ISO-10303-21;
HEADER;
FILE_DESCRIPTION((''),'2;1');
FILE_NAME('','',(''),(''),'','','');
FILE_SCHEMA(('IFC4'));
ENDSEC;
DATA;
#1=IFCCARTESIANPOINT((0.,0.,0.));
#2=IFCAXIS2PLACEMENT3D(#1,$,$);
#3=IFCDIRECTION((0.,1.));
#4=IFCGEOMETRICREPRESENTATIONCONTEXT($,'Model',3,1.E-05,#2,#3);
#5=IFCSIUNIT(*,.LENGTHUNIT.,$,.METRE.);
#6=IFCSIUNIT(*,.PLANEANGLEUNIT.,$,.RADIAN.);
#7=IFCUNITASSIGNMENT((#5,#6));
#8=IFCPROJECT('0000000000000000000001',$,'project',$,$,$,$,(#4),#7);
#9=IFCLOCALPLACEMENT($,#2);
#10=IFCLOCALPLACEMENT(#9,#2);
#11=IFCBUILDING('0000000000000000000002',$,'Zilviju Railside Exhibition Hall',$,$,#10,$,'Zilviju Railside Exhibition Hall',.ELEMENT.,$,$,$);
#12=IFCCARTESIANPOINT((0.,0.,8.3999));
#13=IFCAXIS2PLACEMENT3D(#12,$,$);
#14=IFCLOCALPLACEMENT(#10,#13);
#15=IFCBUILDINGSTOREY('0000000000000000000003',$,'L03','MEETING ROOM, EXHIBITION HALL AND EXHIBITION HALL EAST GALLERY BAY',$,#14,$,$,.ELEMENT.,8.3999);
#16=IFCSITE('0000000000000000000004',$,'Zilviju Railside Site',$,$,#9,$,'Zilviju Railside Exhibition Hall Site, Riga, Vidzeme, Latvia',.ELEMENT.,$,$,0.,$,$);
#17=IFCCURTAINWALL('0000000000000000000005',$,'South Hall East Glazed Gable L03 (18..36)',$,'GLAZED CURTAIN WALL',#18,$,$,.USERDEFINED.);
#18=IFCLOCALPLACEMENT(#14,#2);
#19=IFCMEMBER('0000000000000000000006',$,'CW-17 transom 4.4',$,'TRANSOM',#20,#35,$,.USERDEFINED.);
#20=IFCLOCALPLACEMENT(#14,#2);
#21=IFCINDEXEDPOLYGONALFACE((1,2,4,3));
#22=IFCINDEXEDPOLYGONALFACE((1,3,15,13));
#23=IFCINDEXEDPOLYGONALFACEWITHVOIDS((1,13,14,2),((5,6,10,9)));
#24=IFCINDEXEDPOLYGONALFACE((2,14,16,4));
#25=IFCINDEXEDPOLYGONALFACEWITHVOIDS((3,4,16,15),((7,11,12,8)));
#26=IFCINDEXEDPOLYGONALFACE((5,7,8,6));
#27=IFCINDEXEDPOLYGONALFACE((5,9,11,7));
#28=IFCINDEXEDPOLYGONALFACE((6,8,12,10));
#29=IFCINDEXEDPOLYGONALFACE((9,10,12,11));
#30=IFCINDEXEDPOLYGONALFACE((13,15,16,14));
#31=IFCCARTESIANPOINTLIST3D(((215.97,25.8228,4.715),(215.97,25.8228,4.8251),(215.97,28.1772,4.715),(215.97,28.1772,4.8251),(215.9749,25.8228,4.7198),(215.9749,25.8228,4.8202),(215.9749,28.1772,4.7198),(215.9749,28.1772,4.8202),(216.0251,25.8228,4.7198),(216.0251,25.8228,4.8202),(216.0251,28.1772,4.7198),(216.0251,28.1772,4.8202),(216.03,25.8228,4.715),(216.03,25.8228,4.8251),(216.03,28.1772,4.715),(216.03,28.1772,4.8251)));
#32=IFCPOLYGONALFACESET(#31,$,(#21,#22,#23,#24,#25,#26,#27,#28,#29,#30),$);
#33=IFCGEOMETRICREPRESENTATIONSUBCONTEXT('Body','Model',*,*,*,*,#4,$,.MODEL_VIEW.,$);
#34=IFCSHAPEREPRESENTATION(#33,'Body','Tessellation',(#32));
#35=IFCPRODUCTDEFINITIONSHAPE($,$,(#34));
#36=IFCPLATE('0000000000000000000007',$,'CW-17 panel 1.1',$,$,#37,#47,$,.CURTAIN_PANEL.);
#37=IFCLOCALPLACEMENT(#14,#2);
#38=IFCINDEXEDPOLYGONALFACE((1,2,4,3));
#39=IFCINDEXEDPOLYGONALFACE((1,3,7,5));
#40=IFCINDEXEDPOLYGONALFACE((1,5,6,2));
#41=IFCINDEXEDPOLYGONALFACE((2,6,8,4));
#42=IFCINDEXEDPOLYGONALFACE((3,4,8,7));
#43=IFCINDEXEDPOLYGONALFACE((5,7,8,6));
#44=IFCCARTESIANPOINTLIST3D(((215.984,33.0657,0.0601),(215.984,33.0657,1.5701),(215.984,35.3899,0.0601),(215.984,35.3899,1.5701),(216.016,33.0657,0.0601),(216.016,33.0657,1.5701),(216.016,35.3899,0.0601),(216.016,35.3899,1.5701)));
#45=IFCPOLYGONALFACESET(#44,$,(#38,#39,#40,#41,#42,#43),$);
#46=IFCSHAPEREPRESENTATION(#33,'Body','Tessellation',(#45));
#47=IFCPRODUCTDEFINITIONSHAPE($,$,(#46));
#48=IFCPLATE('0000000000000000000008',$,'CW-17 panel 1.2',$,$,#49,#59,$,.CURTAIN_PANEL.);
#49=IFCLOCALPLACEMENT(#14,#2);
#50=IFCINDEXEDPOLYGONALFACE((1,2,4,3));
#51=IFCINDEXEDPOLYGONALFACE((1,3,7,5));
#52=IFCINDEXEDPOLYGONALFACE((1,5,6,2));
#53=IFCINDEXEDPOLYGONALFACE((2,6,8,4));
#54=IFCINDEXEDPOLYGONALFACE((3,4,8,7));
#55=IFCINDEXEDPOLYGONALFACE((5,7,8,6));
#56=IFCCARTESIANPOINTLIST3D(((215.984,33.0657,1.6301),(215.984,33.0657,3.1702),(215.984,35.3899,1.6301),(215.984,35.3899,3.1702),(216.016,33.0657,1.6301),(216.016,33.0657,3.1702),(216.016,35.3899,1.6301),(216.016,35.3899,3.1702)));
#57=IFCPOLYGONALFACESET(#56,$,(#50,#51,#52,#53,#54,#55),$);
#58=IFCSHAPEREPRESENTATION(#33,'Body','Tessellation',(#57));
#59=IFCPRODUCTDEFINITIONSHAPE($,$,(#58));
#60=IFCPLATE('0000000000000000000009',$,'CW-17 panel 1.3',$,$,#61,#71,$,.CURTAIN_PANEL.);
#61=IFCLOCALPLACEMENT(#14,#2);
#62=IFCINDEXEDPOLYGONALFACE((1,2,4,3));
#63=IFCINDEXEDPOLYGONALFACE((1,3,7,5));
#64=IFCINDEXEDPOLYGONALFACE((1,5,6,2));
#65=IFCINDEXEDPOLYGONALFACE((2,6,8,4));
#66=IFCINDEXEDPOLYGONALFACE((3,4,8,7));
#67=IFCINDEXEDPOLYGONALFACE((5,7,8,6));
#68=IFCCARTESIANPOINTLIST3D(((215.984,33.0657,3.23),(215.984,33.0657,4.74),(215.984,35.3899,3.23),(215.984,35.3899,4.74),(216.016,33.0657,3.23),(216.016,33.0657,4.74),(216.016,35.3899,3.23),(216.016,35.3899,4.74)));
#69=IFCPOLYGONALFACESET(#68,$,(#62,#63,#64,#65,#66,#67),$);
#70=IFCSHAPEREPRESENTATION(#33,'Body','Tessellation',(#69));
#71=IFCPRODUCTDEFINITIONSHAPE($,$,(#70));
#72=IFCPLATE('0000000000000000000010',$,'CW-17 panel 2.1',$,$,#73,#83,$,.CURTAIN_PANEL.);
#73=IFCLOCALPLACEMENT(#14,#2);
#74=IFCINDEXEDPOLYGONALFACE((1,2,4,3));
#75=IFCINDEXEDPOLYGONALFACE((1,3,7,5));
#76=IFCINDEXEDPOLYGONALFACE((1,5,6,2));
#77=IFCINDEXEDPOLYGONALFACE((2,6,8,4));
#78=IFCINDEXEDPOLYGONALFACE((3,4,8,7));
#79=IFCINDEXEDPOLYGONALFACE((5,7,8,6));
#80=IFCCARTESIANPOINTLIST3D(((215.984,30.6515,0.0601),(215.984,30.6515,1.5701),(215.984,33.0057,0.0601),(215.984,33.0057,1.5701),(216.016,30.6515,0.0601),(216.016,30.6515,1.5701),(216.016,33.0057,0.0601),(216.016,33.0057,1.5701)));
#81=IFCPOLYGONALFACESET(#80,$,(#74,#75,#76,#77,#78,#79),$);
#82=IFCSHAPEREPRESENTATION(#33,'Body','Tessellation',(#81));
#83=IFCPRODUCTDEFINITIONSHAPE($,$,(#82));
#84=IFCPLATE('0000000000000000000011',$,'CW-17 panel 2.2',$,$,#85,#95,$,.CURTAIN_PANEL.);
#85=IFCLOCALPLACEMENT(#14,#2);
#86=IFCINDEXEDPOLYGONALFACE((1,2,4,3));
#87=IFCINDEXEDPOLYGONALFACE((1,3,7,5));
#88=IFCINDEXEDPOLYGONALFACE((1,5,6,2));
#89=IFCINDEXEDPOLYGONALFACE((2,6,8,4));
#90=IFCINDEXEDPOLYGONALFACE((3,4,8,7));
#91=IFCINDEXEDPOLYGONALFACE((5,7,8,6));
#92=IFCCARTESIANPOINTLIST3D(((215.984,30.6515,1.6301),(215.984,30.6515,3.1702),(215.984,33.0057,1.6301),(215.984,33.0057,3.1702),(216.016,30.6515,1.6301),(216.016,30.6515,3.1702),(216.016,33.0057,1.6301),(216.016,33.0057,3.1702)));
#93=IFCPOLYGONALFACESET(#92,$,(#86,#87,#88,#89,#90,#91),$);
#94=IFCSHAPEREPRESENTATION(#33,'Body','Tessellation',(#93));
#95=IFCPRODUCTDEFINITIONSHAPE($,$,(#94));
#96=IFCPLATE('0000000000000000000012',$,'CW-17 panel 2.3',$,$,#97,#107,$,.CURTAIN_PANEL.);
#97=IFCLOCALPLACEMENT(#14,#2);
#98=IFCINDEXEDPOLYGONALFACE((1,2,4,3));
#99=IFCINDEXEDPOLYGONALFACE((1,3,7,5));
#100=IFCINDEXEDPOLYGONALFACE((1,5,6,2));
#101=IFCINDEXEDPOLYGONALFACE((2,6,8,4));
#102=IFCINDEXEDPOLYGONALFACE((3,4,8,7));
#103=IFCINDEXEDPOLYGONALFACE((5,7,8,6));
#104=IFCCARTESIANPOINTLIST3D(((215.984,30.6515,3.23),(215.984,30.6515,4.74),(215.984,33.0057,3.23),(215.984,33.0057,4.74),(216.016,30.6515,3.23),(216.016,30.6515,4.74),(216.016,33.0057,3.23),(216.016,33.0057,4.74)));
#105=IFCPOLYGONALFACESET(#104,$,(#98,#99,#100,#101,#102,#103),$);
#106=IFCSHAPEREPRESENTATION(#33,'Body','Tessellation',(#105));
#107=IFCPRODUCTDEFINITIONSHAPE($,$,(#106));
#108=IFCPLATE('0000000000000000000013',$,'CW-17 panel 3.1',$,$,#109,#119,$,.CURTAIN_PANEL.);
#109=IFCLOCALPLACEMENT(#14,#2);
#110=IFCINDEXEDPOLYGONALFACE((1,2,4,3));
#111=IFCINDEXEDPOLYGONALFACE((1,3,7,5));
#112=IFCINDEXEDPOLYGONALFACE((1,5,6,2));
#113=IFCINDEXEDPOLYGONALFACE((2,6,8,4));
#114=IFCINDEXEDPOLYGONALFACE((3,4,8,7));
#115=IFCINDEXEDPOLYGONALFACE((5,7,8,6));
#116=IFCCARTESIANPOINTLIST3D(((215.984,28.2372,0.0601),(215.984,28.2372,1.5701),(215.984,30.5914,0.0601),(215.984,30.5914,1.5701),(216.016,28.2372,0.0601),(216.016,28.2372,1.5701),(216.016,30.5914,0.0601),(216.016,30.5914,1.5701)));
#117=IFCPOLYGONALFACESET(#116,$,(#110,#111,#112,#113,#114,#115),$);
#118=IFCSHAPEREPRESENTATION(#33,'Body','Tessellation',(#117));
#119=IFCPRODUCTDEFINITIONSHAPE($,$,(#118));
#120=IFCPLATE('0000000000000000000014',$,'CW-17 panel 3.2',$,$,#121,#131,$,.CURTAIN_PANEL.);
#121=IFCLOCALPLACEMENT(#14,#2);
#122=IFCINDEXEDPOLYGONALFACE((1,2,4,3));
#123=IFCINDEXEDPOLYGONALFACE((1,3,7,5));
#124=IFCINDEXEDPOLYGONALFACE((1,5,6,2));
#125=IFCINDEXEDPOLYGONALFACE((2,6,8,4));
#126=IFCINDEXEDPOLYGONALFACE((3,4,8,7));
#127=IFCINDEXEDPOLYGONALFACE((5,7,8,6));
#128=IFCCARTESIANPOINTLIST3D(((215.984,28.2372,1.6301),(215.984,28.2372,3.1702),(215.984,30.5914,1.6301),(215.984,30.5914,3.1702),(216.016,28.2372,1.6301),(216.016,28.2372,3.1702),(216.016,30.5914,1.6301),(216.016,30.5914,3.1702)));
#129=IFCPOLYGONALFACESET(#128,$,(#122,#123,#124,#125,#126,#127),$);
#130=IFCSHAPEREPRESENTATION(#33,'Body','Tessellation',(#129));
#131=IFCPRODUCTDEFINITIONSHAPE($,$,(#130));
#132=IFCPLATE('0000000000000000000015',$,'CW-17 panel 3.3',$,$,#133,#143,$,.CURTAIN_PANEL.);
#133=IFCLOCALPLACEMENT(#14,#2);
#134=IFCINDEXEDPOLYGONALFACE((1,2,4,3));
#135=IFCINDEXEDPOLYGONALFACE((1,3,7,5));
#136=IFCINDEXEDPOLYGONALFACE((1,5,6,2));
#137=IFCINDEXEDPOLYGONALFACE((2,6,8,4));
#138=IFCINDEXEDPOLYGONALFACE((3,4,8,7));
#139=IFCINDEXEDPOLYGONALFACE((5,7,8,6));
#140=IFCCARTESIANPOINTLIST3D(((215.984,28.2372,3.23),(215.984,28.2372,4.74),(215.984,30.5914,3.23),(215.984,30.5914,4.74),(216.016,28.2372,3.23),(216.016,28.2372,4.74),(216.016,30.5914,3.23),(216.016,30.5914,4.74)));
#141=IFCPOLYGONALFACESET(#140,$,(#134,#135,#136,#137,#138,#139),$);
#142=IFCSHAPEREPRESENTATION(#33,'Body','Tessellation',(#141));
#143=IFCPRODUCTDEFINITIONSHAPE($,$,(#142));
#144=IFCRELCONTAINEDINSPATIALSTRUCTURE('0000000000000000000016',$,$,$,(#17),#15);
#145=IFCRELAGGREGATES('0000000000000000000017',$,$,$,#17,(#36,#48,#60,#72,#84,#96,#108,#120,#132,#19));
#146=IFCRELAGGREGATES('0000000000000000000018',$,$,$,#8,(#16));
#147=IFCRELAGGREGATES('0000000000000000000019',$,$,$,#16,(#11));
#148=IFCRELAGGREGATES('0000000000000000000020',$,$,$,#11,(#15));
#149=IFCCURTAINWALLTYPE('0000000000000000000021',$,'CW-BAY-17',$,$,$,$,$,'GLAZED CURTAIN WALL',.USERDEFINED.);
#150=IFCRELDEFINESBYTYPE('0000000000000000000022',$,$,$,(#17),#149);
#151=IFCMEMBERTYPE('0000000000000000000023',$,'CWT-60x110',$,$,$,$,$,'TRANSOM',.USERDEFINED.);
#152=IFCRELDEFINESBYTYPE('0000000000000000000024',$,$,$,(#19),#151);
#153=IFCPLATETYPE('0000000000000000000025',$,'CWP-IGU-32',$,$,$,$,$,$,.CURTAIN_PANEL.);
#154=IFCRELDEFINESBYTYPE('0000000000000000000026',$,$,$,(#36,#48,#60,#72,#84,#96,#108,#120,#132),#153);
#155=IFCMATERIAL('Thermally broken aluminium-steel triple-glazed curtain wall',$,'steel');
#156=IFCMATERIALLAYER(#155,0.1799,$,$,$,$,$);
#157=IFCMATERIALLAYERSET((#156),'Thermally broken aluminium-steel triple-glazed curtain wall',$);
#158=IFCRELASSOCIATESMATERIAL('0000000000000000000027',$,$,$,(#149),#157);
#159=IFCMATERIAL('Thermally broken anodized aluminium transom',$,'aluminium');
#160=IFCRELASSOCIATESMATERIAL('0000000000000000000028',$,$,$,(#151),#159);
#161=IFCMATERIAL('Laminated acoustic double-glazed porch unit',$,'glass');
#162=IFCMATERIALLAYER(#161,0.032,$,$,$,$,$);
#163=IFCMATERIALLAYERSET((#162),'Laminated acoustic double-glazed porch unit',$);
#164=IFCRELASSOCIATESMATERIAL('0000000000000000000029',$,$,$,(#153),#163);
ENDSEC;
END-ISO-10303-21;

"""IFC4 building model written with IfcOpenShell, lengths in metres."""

from ifc_helpers import new_model, si_unit, direction, frame, origin, origin_2d, place, context, subcontext, project, spatial, rectangle, hollow_rectangle, extrude, material, layer, layer_set, material_profile, profile_set, type_object, element, aggregate, save


model = new_model("IFC4")

# Units and contexts
model_context = context("Model", 3, precision=1e-05, world=origin(), true_north=direction((0.0, 1.0)))
body_context = subcontext(model_context, "Body", "Model", "MODEL_VIEW")
ifc_project = project(units=[si_unit("LENGTHUNIT", "METRE"), si_unit("PLANEANGLEUNIT", "RADIAN")], contexts=[model_context])

# Site, building, storey
site_placement = place(None, origin())
site = spatial("IfcSite", under=ifc_project, at=site_placement, Name="Zilviju Railside Site", LongName="Zilviju Railside Exhibition Hall Site, Riga, Vidzeme, Latvia", CompositionType="ELEMENT", RefElevation=0.0)
building_placement = place(site_placement, origin())
building = spatial("IfcBuilding", under=site, at=building_placement, Name="Zilviju Railside Exhibition Hall", LongName="Zilviju Railside Exhibition Hall", CompositionType="ELEMENT")
storey_placement = place(building_placement, frame((0.0, 0.0, 8.3999)))
storey = spatial("IfcBuildingStorey", under=building, at=storey_placement, Name="L03", Description="MEETING ROOM, EXHIBITION HALL AND EXHIBITION HALL EAST GALLERY BAY", CompositionType="ELEMENT", Elevation=8.3999)

# Curtain wall, member, plates
ifc_material_1 = material(Name="Thermally broken aluminium-steel triple-glazed curtain wall", Category="steel")
ifc_layer_1 = layer(ifc_material_1, 0.1799)
ifc_layer_set_1 = layer_set([ifc_layer_1], Name="Thermally broken aluminium-steel triple-glazed curtain wall")
curtain_wall_type = type_object("IfcCurtainWallType", Name="CW-BAY-17", ElementType="GLAZED CURTAIN WALL", PredefinedType="USERDEFINED", material=ifc_layer_set_1)
curtain_wall_placement = place(storey_placement, origin())
curtain_wall = element("IfcCurtainWall", 1, at=curtain_wall_placement, inside=storey, type_object=curtain_wall_type, Name="South Hall East Glazed Gable L03 (18..36)", ObjectType="GLAZED CURTAIN WALL", PredefinedType="USERDEFINED")
ifc_material_2 = material(Name="Thermally broken anodized aluminium transom", Category="aluminium")
ifc_material_profile_1 = material_profile(ifc_material_2, hollow_rectangle(XDim=0.0601, YDim=0.1101, WallThickness=0.0049, at=origin_2d()), Name="TRANSOM 110x60x5")
ifc_profile_set_1 = profile_set([ifc_material_profile_1], Name="Thermally broken anodized aluminium transom")
member_type_1 = type_object("IfcMemberType", Name="CWT-60x110", ElementType="TRANSOM", PredefinedType="USERDEFINED", material=ifc_profile_set_1)
member_1_placement = place(storey_placement, frame((216.0, 28.1772, 4.77), z_axis=(0.0, -1.0, 0.0), x_axis=(1.0, 0.0, 0.0)))
member_1 = element("IfcMember", 2, at=member_1_placement, type_object=member_type_1, Name="CW-17 transom 4.4", ObjectType="TRANSOM", PredefinedType="USERDEFINED", context=body_context, shape_type="SweptSolid", body=[
    extrude(hollow_rectangle(XDim=0.0601, YDim=0.1101, WallThickness=0.0049, at=origin_2d()), origin(), (0.0, 0.0, 1.0), 2.3545),
])
ifc_material_3 = material(Name="Laminated acoustic double-glazed porch unit", Category="glass")
ifc_layer_2 = layer(ifc_material_3, 0.032)
ifc_layer_set_2 = layer_set([ifc_layer_2], Name="Laminated acoustic double-glazed porch unit")
plate_type = type_object("IfcPlateType", Name="CWP-IGU-32", PredefinedType="CURTAIN_PANEL", material=ifc_layer_set_2)
plate_1_placement = place(storey_placement, frame((216.0, 34.2278, 0.0601), z_axis=(0.0, 0.0, 1.0), x_axis=(0.0, -1.0, 0.0)))
plate_1 = element("IfcPlate", 3, at=plate_1_placement, type_object=plate_type, Name="CW-17 panel 1.1", PredefinedType="CURTAIN_PANEL", context=body_context, shape_type="SweptSolid", body=[
    extrude(rectangle(XDim=2.3242, YDim=0.032, at=origin_2d()), origin(), (0.0, 0.0, 1.0), 1.51),
])
plate_2_placement = place(storey_placement, frame((216.0, 34.2278, 1.6301), z_axis=(0.0, 0.0, 1.0), x_axis=(0.0, -1.0, 0.0)))
plate_2 = element("IfcPlate", 4, at=plate_2_placement, type_object=plate_type, Name="CW-17 panel 1.2", PredefinedType="CURTAIN_PANEL", context=body_context, shape_type="SweptSolid", body=[
    extrude(rectangle(XDim=2.3242, YDim=0.032, at=origin_2d()), origin(), (0.0, 0.0, 1.0), 1.54),
])
plate_3_placement = place(storey_placement, frame((216.0, 34.2278, 3.23), z_axis=(0.0, 0.0, 1.0), x_axis=(0.0, -1.0, 0.0)))
plate_3 = element("IfcPlate", 5, at=plate_3_placement, type_object=plate_type, Name="CW-17 panel 1.3", PredefinedType="CURTAIN_PANEL", context=body_context, shape_type="SweptSolid", body=[
    extrude(rectangle(XDim=2.3242, YDim=0.032, at=origin_2d()), origin(), (0.0, 0.0, 1.0), 1.51),
])
plate_4_placement = place(storey_placement, frame((216.0, 31.8286, 0.0601), z_axis=(0.0, 0.0, 1.0), x_axis=(0.0, -1.0, 0.0)))
plate_4 = element("IfcPlate", 6, at=plate_4_placement, type_object=plate_type, Name="CW-17 panel 2.1", PredefinedType="CURTAIN_PANEL", context=body_context, shape_type="SweptSolid", body=[
    extrude(rectangle(XDim=2.3542, YDim=0.032, at=origin_2d()), origin(), (0.0, 0.0, 1.0), 1.51),
])
plate_5_placement = place(storey_placement, frame((216.0, 31.8286, 1.6301), z_axis=(0.0, 0.0, 1.0), x_axis=(0.0, -1.0, 0.0)))
plate_5 = element("IfcPlate", 7, at=plate_5_placement, type_object=plate_type, Name="CW-17 panel 2.2", PredefinedType="CURTAIN_PANEL", context=body_context, shape_type="SweptSolid", body=[
    extrude(rectangle(XDim=2.3542, YDim=0.032, at=origin_2d()), origin(), (0.0, 0.0, 1.0), 1.54),
])
plate_6_placement = place(storey_placement, frame((216.0, 31.8286, 3.23), z_axis=(0.0, 0.0, 1.0), x_axis=(0.0, -1.0, 0.0)))
plate_6 = element("IfcPlate", 8, at=plate_6_placement, type_object=plate_type, Name="CW-17 panel 2.3", PredefinedType="CURTAIN_PANEL", context=body_context, shape_type="SweptSolid", body=[
    extrude(rectangle(XDim=2.3542, YDim=0.032, at=origin_2d()), origin(), (0.0, 0.0, 1.0), 1.51),
])
plate_7_placement = place(storey_placement, frame((216.0, 29.4143, 0.0601), z_axis=(0.0, 0.0, 1.0), x_axis=(0.0, -1.0, 0.0)))
plate_7 = element("IfcPlate", 9, at=plate_7_placement, type_object=plate_type, Name="CW-17 panel 3.1", PredefinedType="CURTAIN_PANEL", context=body_context, shape_type="SweptSolid", body=[
    extrude(rectangle(XDim=2.3542, YDim=0.032, at=origin_2d()), origin(), (0.0, 0.0, 1.0), 1.51),
])
plate_8_placement = place(storey_placement, frame((216.0, 29.4143, 1.6301), z_axis=(0.0, 0.0, 1.0), x_axis=(0.0, -1.0, 0.0)))
plate_8 = element("IfcPlate", 10, at=plate_8_placement, type_object=plate_type, Name="CW-17 panel 3.2", PredefinedType="CURTAIN_PANEL", context=body_context, shape_type="SweptSolid", body=[
    extrude(rectangle(XDim=2.3542, YDim=0.032, at=origin_2d()), origin(), (0.0, 0.0, 1.0), 1.54),
])
plate_9_placement = place(storey_placement, frame((216.0, 29.4143, 3.23), z_axis=(0.0, 0.0, 1.0), x_axis=(0.0, -1.0, 0.0)))
plate_9 = element("IfcPlate", 11, at=plate_9_placement, type_object=plate_type, Name="CW-17 panel 3.3", PredefinedType="CURTAIN_PANEL", context=body_context, shape_type="SweptSolid", body=[
    extrude(rectangle(XDim=2.3542, YDim=0.032, at=origin_2d()), origin(), (0.0, 0.0, 1.0), 1.51),
])
aggregate(curtain_wall, [plate_1, plate_2, plate_3, plate_4, plate_5, plate_6, plate_7, plate_8, plate_9, member_1])

save(model, "model.ifc")
